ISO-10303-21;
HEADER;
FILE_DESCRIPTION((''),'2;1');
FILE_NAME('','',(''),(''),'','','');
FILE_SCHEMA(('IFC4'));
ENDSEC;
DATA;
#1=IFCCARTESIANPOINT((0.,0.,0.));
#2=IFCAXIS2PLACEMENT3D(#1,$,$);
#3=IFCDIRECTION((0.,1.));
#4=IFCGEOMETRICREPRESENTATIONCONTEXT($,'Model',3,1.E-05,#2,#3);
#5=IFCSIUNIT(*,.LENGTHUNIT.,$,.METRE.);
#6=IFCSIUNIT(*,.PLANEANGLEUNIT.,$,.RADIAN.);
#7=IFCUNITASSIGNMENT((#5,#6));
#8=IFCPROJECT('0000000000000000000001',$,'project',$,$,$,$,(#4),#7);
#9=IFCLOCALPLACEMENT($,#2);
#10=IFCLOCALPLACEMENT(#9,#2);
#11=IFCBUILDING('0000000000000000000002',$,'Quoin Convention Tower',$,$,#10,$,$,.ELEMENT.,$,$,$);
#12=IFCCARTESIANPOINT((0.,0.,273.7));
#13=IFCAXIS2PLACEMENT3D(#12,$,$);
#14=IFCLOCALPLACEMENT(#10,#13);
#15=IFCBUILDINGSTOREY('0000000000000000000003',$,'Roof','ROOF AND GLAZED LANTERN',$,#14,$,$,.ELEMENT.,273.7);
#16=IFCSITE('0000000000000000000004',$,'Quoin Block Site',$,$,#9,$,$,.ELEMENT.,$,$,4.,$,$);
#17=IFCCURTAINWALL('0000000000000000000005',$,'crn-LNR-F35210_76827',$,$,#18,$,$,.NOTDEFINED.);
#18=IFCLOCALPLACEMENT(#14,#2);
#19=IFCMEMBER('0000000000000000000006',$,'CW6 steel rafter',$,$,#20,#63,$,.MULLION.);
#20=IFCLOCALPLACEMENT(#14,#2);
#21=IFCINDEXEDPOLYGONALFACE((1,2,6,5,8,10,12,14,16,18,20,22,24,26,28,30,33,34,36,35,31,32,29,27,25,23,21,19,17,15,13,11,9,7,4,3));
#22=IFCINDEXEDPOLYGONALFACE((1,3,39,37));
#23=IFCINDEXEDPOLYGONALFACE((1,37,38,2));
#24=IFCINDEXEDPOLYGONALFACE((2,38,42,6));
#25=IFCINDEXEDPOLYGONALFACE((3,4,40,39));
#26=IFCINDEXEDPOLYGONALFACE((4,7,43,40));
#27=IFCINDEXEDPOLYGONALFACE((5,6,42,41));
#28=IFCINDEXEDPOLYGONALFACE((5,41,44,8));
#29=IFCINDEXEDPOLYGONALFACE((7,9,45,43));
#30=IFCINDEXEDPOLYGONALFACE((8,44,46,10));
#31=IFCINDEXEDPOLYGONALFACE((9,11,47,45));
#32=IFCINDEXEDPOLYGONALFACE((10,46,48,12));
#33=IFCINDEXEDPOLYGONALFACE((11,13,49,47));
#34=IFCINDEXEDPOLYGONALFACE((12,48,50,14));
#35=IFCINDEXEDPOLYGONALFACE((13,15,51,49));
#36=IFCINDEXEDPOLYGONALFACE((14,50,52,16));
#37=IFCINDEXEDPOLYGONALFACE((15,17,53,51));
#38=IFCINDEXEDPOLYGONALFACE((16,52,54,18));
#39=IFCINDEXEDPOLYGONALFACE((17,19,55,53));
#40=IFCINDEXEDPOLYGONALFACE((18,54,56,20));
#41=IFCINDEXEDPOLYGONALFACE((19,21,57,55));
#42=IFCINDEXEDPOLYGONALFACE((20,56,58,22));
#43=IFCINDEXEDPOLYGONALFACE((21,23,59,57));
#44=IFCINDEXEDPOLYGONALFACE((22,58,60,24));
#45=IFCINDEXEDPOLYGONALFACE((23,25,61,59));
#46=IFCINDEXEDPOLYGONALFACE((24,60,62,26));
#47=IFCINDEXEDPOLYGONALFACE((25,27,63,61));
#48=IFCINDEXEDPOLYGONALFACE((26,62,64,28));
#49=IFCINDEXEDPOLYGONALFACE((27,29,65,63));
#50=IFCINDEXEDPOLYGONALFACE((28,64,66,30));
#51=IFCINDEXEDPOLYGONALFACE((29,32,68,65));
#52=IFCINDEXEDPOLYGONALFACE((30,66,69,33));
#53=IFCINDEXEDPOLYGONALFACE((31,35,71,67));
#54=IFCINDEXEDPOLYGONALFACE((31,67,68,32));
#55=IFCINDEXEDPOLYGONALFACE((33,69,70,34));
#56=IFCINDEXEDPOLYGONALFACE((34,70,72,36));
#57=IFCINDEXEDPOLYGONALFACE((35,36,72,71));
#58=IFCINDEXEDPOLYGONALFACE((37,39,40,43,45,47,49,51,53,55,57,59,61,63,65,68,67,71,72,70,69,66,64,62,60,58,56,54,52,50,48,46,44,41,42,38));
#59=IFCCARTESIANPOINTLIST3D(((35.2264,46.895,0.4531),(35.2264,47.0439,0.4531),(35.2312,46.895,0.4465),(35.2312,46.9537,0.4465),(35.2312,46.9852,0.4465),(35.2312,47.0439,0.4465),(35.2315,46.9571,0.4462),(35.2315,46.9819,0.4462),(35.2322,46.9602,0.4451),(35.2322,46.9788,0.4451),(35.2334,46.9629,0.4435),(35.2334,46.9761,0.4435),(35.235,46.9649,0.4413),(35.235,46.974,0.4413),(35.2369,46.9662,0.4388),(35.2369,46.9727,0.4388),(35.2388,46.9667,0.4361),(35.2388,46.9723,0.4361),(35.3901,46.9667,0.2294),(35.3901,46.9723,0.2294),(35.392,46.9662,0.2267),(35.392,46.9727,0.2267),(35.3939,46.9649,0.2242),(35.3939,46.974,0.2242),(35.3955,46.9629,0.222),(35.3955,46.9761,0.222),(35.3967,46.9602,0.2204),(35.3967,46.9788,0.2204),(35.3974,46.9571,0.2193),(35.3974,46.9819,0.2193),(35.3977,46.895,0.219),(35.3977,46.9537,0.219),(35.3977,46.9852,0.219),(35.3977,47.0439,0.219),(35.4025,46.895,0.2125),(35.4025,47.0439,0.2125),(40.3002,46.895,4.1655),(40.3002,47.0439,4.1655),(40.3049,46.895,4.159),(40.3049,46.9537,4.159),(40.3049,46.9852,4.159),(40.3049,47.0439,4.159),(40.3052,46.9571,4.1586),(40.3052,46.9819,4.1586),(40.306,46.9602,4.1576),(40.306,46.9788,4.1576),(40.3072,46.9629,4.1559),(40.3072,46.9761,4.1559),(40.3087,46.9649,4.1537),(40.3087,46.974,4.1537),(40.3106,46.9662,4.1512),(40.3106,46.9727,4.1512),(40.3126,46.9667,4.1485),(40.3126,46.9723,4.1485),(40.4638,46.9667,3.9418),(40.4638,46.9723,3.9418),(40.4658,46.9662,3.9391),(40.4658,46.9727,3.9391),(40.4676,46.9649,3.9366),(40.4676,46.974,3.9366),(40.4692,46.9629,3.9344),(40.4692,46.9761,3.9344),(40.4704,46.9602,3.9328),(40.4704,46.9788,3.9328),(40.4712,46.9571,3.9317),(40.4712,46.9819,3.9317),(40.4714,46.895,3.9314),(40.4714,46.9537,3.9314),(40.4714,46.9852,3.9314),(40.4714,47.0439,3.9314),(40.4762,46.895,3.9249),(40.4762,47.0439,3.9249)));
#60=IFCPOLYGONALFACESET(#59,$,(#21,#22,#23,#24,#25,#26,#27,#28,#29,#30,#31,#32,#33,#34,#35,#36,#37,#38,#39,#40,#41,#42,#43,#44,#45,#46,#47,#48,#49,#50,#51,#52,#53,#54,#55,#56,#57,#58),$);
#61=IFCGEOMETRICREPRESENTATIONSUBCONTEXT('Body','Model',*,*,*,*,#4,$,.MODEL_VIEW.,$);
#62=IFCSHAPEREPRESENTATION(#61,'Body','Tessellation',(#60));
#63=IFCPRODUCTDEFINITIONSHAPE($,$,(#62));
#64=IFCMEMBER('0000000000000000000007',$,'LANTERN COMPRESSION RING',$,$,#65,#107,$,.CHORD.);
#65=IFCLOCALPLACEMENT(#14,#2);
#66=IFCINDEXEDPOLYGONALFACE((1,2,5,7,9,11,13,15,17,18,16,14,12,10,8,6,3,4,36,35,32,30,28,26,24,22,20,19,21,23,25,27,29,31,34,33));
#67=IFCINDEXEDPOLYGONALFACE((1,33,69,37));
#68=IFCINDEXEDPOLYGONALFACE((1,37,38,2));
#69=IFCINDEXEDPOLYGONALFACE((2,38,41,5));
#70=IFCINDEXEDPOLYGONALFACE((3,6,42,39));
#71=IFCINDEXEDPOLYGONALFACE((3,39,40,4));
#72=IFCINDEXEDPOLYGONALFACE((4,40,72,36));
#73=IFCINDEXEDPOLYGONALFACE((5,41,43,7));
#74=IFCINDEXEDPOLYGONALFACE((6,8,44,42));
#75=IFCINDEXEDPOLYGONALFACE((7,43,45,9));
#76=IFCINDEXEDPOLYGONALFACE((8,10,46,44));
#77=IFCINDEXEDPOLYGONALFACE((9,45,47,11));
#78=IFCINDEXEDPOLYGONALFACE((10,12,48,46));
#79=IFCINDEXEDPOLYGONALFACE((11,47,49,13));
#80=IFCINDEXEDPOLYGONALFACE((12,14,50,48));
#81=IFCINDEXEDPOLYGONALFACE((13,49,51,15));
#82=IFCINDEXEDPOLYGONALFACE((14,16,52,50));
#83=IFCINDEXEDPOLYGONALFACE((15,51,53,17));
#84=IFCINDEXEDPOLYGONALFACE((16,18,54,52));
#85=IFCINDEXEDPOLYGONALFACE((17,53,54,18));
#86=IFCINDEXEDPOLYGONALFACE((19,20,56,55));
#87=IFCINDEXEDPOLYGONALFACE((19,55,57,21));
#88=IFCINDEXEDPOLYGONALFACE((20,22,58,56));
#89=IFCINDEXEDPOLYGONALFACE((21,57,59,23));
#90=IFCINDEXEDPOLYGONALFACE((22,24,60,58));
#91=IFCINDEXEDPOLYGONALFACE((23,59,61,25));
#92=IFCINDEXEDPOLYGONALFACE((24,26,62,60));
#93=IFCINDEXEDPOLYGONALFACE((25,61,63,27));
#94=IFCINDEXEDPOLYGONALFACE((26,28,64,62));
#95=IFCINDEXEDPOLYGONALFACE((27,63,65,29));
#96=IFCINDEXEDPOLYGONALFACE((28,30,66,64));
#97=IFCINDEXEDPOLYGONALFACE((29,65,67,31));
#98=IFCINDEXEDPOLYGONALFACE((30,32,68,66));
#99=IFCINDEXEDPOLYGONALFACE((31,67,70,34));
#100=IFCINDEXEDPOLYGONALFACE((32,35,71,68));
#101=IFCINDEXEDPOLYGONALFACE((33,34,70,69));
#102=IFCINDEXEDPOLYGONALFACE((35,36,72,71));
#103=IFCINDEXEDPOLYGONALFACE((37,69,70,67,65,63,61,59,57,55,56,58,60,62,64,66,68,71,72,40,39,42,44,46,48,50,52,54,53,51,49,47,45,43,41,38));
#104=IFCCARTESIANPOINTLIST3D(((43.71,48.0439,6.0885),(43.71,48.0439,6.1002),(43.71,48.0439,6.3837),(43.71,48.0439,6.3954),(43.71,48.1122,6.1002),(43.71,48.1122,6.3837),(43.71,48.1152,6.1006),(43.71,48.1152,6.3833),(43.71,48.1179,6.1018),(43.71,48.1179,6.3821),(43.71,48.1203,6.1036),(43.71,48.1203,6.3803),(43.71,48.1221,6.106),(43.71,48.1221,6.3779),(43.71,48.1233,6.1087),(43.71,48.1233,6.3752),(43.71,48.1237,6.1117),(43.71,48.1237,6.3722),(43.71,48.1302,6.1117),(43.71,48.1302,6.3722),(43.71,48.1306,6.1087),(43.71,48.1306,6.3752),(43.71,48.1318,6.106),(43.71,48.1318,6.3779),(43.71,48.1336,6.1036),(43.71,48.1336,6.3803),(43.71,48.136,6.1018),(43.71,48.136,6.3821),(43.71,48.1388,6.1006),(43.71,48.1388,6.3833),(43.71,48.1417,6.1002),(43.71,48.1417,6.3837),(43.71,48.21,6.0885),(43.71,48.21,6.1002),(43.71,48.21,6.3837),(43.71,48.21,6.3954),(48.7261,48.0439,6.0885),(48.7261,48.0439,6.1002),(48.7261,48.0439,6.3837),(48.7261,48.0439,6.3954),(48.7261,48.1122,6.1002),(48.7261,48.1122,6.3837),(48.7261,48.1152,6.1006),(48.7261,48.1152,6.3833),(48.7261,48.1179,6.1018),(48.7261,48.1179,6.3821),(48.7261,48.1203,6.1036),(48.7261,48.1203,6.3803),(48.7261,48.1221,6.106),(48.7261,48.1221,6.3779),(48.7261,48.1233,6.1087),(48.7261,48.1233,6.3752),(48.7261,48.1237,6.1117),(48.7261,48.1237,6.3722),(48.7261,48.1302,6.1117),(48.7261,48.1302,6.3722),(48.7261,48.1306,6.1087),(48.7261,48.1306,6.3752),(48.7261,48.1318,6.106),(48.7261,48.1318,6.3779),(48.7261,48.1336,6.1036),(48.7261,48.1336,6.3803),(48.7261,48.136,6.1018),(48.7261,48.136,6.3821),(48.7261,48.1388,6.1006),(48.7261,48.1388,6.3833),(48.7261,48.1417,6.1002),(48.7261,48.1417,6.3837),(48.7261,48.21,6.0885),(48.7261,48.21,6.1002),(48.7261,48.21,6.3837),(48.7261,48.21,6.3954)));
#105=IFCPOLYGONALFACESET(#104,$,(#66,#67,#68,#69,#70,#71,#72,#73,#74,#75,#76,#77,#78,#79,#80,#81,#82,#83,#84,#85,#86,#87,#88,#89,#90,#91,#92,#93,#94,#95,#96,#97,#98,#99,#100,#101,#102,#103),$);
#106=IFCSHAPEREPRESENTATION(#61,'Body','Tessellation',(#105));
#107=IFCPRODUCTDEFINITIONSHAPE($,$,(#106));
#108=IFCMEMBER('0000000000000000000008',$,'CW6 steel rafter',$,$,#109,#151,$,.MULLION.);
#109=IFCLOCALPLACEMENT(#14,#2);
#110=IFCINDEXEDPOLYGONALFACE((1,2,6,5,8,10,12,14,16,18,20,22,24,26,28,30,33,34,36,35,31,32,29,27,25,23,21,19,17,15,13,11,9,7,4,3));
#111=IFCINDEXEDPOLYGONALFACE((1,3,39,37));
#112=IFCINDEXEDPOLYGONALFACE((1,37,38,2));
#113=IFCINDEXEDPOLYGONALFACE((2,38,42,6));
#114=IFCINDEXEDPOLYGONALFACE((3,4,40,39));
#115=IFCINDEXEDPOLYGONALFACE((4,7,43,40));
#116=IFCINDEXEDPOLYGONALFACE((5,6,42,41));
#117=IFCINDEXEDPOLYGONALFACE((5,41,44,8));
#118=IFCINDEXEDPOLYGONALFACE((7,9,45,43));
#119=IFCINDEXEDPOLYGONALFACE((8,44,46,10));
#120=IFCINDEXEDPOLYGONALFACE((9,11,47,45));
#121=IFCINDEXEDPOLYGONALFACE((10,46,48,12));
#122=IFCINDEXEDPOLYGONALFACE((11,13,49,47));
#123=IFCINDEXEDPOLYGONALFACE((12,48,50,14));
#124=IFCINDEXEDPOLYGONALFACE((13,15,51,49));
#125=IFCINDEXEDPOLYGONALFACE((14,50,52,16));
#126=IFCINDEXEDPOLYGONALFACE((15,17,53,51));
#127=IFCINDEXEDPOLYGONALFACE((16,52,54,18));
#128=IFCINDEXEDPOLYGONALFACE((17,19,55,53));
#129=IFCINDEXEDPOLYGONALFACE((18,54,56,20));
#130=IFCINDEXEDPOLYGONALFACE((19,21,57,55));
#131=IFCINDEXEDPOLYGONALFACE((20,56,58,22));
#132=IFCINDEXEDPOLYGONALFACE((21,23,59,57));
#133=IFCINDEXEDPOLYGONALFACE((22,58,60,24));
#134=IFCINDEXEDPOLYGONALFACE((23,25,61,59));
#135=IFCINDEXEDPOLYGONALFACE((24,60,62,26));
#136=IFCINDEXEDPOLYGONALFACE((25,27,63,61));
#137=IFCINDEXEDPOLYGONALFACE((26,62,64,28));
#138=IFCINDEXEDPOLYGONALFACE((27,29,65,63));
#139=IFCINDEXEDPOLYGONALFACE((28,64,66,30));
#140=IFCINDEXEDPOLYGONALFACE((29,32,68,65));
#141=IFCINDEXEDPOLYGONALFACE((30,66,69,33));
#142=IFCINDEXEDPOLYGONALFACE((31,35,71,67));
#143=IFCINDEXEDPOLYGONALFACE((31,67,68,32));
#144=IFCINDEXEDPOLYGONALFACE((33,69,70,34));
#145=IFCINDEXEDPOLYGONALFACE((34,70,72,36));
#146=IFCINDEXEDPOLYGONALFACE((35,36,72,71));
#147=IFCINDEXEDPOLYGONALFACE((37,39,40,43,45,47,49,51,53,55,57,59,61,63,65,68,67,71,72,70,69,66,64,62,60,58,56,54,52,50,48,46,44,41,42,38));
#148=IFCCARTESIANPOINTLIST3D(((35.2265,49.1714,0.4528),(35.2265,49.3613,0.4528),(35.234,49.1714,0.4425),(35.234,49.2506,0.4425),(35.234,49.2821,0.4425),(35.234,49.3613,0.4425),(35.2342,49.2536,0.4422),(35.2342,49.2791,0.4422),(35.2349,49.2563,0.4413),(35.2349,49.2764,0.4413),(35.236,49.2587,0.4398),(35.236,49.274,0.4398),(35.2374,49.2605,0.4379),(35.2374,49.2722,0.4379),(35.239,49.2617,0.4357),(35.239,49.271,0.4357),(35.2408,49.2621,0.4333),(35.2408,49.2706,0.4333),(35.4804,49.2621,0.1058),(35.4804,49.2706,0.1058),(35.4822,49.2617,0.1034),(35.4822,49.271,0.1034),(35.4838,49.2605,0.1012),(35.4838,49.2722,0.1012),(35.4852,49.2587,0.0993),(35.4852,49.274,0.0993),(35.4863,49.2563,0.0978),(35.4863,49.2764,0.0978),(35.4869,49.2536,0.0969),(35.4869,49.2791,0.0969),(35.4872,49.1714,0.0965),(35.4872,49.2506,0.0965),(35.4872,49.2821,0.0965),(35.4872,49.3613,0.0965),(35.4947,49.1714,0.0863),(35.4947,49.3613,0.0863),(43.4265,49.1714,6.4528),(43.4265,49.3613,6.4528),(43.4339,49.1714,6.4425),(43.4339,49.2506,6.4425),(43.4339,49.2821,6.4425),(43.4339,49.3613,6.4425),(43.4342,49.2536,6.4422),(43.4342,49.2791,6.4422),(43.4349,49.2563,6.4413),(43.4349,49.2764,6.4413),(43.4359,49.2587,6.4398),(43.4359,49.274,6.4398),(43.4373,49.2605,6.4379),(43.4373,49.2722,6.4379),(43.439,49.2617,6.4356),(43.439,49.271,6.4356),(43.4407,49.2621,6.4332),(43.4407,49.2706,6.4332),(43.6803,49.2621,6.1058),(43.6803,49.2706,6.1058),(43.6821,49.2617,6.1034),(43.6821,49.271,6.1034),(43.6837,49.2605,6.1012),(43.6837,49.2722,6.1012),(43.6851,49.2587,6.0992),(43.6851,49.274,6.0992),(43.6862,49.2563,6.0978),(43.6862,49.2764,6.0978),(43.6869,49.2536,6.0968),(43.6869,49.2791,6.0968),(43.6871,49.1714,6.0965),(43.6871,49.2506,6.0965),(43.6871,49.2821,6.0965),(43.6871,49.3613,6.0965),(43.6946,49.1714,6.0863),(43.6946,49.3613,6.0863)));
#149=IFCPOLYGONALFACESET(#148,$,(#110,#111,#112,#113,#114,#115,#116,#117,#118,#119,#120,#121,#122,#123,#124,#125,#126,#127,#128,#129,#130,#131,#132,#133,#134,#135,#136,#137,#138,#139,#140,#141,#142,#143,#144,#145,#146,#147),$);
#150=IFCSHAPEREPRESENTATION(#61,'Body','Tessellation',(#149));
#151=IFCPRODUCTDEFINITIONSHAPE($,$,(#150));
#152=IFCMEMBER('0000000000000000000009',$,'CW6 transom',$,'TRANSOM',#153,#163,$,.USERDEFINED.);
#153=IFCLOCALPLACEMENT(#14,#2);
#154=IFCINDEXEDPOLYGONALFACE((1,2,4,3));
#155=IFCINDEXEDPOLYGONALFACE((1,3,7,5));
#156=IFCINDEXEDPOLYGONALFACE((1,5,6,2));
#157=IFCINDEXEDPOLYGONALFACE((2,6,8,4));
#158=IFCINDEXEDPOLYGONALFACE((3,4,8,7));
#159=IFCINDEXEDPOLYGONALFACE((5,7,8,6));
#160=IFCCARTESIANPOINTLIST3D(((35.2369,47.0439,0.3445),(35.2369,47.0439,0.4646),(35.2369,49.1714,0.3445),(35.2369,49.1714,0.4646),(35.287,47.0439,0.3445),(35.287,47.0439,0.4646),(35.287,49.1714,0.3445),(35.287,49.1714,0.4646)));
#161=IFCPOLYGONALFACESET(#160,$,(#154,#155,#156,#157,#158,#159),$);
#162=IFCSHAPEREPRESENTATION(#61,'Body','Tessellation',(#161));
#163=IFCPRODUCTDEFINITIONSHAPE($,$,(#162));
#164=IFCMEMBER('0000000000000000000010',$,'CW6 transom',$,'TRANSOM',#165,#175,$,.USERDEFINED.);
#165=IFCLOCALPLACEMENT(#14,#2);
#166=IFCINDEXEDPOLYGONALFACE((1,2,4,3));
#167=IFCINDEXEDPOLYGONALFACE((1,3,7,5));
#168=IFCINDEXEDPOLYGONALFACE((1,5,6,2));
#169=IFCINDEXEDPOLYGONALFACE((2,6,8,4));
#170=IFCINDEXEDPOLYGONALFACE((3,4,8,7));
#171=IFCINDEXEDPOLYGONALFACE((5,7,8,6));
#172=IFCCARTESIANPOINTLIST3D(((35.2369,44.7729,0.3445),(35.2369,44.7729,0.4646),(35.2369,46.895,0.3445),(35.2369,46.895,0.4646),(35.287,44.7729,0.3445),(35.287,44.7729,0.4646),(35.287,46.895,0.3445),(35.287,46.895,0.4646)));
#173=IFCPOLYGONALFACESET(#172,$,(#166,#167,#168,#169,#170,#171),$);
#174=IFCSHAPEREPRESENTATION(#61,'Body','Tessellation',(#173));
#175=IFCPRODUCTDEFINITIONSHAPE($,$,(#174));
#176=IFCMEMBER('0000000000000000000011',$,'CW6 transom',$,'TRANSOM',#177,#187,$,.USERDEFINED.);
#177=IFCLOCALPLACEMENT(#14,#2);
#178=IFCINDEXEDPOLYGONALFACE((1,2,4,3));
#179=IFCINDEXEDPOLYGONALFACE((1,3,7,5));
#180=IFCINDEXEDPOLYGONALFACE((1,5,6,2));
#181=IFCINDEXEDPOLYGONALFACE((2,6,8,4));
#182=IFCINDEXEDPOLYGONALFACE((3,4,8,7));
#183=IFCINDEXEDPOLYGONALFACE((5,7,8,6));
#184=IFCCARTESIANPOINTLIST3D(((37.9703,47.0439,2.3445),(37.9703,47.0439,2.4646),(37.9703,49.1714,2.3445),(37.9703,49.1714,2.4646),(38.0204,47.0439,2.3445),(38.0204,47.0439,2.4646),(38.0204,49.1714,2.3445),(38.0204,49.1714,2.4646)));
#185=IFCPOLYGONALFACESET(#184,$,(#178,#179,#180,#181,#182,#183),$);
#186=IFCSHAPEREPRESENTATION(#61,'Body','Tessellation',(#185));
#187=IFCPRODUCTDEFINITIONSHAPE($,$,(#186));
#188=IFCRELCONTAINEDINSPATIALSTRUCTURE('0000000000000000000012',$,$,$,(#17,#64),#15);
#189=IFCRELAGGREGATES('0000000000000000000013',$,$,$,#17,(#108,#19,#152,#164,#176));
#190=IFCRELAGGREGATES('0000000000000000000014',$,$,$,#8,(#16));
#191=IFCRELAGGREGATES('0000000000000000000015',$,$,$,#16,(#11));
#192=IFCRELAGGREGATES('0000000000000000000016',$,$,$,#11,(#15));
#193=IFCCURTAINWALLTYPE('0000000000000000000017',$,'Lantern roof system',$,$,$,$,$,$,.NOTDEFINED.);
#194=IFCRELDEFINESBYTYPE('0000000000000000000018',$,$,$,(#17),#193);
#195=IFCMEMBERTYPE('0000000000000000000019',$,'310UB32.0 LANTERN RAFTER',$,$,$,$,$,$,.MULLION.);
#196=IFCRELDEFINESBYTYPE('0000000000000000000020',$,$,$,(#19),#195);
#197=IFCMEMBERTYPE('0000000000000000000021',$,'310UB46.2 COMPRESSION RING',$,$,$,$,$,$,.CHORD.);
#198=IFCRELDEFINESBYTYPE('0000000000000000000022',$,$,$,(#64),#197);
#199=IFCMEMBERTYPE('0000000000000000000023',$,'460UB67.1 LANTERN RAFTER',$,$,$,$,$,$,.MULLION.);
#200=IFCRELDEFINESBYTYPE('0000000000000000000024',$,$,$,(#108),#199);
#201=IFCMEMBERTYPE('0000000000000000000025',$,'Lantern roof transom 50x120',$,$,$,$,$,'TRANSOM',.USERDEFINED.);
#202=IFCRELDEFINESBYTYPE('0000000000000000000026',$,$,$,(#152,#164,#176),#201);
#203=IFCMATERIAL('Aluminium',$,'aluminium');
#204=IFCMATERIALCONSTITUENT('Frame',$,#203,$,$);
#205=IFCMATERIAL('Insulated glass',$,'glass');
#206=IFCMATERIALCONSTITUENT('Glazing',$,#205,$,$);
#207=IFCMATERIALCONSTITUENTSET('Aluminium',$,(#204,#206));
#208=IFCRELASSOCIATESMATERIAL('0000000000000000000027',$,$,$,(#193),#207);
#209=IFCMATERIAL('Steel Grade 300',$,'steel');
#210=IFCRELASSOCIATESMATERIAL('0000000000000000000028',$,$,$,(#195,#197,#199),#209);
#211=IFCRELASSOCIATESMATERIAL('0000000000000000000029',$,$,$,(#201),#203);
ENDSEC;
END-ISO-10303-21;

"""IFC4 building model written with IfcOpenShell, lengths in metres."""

from ifc_helpers import new_model, si_unit, direction, frame, origin, origin_2d, place, context, subcontext, project, spatial, rectangle, i_section, extrude, material, constituent, constituent_set, material_profile, profile_set, type_object, element, aggregate, save


model = new_model("IFC4")

# Units and contexts
model_context = context("Model", 3, precision=1e-05, world=origin(), true_north=direction((0.0, 1.0)))
body_context = subcontext(model_context, "Body", "Model", "MODEL_VIEW")
ifc_project = project(units=[si_unit("LENGTHUNIT", "METRE"), si_unit("PLANEANGLEUNIT", "RADIAN")], contexts=[model_context])

# Site, building, storey
site_placement = place(None, origin())
site = spatial("IfcSite", under=ifc_project, at=site_placement, Name="Quoin Block Site", CompositionType="ELEMENT", RefElevation=4.0)
building_placement = place(site_placement, origin())
building = spatial("IfcBuilding", under=site, at=building_placement, Name="Quoin Convention Tower", CompositionType="ELEMENT")
storey_placement = place(building_placement, frame((0.0, 0.0, 273.7)))
storey = spatial("IfcBuildingStorey", under=building, at=storey_placement, Name="Roof", Description="ROOF AND GLAZED LANTERN", CompositionType="ELEMENT", Elevation=273.7)

# Curtain wall, member
ifc_material_1 = material(Name="Aluminium", Category="aluminium")
ifc_constituent_1 = constituent(ifc_material_1, Name="Frame")
ifc_material_2 = material(Name="Insulated glass", Category="glass")
ifc_constituent_2 = constituent(ifc_material_2, Name="Glazing")
ifc_constituent_set = constituent_set(constituents=[ifc_constituent_1, ifc_constituent_2], Name="Aluminium")
curtain_wall_type = type_object("IfcCurtainWallType", Name="Lantern roof system", PredefinedType="NOTDEFINED", material=ifc_constituent_set)
curtain_wall_1_placement = place(storey_placement, origin())
curtain_wall_1 = element("IfcCurtainWall", 1, at=curtain_wall_1_placement, inside=storey, type_object=curtain_wall_type, Name="crn-LNR-F35210_76827", PredefinedType="NOTDEFINED")
ifc_material_3 = material(Name="Steel Grade 300", Category="steel")
ifc_material_profile_1 = material_profile(ifc_material_3, i_section(OverallWidth=0.1489, OverallDepth=0.2981, WebThickness=0.0056, FlangeThickness=0.0081, FilletRadius=0.0129, at=origin_2d()), Name="310UB32.0")
ifc_profile_set_1 = profile_set([ifc_material_profile_1], Name="Steel Grade 300")
member_type_1 = type_object("IfcMemberType", Name="310UB32.0 LANTERN RAFTER", PredefinedType="MULLION", material=ifc_profile_set_1)
member_1_placement = place(storey_placement, frame((35.3145, 46.9695, 0.3328), z_axis=(0.807037, 0.0, 0.590501), x_axis=(0.0, 1.0, 0.0)))
member_1 = element("IfcMember", 2, at=member_1_placement, type_object=member_type_1, Name="CW6 steel rafter", PredefinedType="MULLION", context=body_context, shape_type="SweptSolid", body=[
    extrude(i_section(OverallWidth=0.1489, OverallDepth=0.2981, WebThickness=0.0056, FlangeThickness=0.0081, FilletRadius=0.0129, at=origin_2d()), origin(), (0.0, 0.0, 1.0), 6.2869),
])

# Members
ifc_material_profile_2 = material_profile(ifc_material_3, i_section(OverallWidth=0.166, OverallDepth=0.3069, WebThickness=0.0066, FlangeThickness=0.0117, FilletRadius=0.0115, at=origin_2d()), Name="310UB46.2")
ifc_profile_set_2 = profile_set([ifc_material_profile_2], Name="Steel Grade 300")
member_type_2 = type_object("IfcMemberType", Name="310UB46.2 COMPRESSION RING", PredefinedType="CHORD", material=ifc_profile_set_2)
member_2_placement = place(storey_placement, frame((43.71, 48.127, 6.2419), z_axis=(1.0, 0.0, 0.0), x_axis=(0.0, 1.0, 0.0)))
element("IfcMember", 3, at=member_2_placement, inside=storey, type_object=member_type_2, Name="LANTERN COMPRESSION RING", PredefinedType="CHORD", context=body_context, shape_type="SweptSolid", body=[
    extrude(i_section(OverallWidth=0.166, OverallDepth=0.3069, WebThickness=0.0066, FlangeThickness=0.0117, FilletRadius=0.0115, at=origin_2d()), origin(), (0.0, 0.0, 1.0), 5.0161),
])
ifc_material_profile_3 = material_profile(ifc_material_3, i_section(OverallWidth=0.1899, OverallDepth=0.4541, WebThickness=0.0085, FlangeThickness=0.0127, FilletRadius=0.0115, at=origin_2d()), Name="460UB67.1")
ifc_profile_set_3 = profile_set([ifc_material_profile_3], Name="Steel Grade 300")
member_type_3 = type_object("IfcMemberType", Name="460UB67.1 LANTERN RAFTER", PredefinedType="MULLION", material=ifc_profile_set_3)
member_3_placement = place(storey_placement, frame((35.3606, 49.2664, 0.2695), z_axis=(0.807029, 0.0, 0.590512), x_axis=(0.0, 1.0, 0.0)))
member_3 = element("IfcMember", 4, at=member_3_placement, type_object=member_type_3, Name="CW6 steel rafter", PredefinedType="MULLION", context=body_context, shape_type="SweptSolid", body=[
    extrude(i_section(OverallWidth=0.1899, OverallDepth=0.4541, WebThickness=0.0085, FlangeThickness=0.0127, FilletRadius=0.0115, at=origin_2d()), origin(), (0.0, 0.0, 1.0), 10.1606),
])
ifc_material_profile_4 = material_profile(ifc_material_1, rectangle(XDim=0.1201, YDim=0.05, at=origin_2d()), Name="Lantern roof transom 50x120")
ifc_profile_set_4 = profile_set([ifc_material_profile_4], Name="Aluminium")
member_type_4 = type_object("IfcMemberType", Name="Lantern roof transom 50x120", ElementType="TRANSOM", PredefinedType="USERDEFINED", material=ifc_profile_set_4)
member_4_placement = place(storey_placement, frame((35.262, 49.1714, 0.4045), z_axis=(0.0, -1.0, 0.0), x_axis=(0.0, 0.0, 1.0)))
member_4 = element("IfcMember", 5, at=member_4_placement, type_object=member_type_4, Name="CW6 transom", ObjectType="TRANSOM", PredefinedType="USERDEFINED", context=body_context, shape_type="SweptSolid", body=[
    extrude(rectangle(XDim=0.1201, YDim=0.05, at=origin_2d()), origin(), (0.0, 0.0, 1.0), 2.1274),
])
member_5_placement = place(storey_placement, frame((35.262, 46.895, 0.4045), z_axis=(0.0, -1.0, 0.0), x_axis=(0.0, 0.0, 1.0)))
member_5 = element("IfcMember", 6, at=member_5_placement, type_object=member_type_4, Name="CW6 transom", ObjectType="TRANSOM", PredefinedType="USERDEFINED", context=body_context, shape_type="SweptSolid", body=[
    extrude(rectangle(XDim=0.1201, YDim=0.05, at=origin_2d()), origin(), (0.0, 0.0, 1.0), 2.1221),
])
member_6_placement = place(storey_placement, frame((37.9954, 49.1714, 2.4045), z_axis=(0.0, -1.0, 0.0), x_axis=(0.0, 0.0, 1.0)))
member_6 = element("IfcMember", 7, at=member_6_placement, type_object=member_type_4, Name="CW6 transom", ObjectType="TRANSOM", PredefinedType="USERDEFINED", context=body_context, shape_type="SweptSolid", body=[
    extrude(rectangle(XDim=0.1201, YDim=0.05, at=origin_2d()), origin(), (0.0, 0.0, 1.0), 2.1274),
])

aggregate(curtain_wall_1, [member_3, member_1, member_4, member_5, member_6])

save(model, "model.ifc")
